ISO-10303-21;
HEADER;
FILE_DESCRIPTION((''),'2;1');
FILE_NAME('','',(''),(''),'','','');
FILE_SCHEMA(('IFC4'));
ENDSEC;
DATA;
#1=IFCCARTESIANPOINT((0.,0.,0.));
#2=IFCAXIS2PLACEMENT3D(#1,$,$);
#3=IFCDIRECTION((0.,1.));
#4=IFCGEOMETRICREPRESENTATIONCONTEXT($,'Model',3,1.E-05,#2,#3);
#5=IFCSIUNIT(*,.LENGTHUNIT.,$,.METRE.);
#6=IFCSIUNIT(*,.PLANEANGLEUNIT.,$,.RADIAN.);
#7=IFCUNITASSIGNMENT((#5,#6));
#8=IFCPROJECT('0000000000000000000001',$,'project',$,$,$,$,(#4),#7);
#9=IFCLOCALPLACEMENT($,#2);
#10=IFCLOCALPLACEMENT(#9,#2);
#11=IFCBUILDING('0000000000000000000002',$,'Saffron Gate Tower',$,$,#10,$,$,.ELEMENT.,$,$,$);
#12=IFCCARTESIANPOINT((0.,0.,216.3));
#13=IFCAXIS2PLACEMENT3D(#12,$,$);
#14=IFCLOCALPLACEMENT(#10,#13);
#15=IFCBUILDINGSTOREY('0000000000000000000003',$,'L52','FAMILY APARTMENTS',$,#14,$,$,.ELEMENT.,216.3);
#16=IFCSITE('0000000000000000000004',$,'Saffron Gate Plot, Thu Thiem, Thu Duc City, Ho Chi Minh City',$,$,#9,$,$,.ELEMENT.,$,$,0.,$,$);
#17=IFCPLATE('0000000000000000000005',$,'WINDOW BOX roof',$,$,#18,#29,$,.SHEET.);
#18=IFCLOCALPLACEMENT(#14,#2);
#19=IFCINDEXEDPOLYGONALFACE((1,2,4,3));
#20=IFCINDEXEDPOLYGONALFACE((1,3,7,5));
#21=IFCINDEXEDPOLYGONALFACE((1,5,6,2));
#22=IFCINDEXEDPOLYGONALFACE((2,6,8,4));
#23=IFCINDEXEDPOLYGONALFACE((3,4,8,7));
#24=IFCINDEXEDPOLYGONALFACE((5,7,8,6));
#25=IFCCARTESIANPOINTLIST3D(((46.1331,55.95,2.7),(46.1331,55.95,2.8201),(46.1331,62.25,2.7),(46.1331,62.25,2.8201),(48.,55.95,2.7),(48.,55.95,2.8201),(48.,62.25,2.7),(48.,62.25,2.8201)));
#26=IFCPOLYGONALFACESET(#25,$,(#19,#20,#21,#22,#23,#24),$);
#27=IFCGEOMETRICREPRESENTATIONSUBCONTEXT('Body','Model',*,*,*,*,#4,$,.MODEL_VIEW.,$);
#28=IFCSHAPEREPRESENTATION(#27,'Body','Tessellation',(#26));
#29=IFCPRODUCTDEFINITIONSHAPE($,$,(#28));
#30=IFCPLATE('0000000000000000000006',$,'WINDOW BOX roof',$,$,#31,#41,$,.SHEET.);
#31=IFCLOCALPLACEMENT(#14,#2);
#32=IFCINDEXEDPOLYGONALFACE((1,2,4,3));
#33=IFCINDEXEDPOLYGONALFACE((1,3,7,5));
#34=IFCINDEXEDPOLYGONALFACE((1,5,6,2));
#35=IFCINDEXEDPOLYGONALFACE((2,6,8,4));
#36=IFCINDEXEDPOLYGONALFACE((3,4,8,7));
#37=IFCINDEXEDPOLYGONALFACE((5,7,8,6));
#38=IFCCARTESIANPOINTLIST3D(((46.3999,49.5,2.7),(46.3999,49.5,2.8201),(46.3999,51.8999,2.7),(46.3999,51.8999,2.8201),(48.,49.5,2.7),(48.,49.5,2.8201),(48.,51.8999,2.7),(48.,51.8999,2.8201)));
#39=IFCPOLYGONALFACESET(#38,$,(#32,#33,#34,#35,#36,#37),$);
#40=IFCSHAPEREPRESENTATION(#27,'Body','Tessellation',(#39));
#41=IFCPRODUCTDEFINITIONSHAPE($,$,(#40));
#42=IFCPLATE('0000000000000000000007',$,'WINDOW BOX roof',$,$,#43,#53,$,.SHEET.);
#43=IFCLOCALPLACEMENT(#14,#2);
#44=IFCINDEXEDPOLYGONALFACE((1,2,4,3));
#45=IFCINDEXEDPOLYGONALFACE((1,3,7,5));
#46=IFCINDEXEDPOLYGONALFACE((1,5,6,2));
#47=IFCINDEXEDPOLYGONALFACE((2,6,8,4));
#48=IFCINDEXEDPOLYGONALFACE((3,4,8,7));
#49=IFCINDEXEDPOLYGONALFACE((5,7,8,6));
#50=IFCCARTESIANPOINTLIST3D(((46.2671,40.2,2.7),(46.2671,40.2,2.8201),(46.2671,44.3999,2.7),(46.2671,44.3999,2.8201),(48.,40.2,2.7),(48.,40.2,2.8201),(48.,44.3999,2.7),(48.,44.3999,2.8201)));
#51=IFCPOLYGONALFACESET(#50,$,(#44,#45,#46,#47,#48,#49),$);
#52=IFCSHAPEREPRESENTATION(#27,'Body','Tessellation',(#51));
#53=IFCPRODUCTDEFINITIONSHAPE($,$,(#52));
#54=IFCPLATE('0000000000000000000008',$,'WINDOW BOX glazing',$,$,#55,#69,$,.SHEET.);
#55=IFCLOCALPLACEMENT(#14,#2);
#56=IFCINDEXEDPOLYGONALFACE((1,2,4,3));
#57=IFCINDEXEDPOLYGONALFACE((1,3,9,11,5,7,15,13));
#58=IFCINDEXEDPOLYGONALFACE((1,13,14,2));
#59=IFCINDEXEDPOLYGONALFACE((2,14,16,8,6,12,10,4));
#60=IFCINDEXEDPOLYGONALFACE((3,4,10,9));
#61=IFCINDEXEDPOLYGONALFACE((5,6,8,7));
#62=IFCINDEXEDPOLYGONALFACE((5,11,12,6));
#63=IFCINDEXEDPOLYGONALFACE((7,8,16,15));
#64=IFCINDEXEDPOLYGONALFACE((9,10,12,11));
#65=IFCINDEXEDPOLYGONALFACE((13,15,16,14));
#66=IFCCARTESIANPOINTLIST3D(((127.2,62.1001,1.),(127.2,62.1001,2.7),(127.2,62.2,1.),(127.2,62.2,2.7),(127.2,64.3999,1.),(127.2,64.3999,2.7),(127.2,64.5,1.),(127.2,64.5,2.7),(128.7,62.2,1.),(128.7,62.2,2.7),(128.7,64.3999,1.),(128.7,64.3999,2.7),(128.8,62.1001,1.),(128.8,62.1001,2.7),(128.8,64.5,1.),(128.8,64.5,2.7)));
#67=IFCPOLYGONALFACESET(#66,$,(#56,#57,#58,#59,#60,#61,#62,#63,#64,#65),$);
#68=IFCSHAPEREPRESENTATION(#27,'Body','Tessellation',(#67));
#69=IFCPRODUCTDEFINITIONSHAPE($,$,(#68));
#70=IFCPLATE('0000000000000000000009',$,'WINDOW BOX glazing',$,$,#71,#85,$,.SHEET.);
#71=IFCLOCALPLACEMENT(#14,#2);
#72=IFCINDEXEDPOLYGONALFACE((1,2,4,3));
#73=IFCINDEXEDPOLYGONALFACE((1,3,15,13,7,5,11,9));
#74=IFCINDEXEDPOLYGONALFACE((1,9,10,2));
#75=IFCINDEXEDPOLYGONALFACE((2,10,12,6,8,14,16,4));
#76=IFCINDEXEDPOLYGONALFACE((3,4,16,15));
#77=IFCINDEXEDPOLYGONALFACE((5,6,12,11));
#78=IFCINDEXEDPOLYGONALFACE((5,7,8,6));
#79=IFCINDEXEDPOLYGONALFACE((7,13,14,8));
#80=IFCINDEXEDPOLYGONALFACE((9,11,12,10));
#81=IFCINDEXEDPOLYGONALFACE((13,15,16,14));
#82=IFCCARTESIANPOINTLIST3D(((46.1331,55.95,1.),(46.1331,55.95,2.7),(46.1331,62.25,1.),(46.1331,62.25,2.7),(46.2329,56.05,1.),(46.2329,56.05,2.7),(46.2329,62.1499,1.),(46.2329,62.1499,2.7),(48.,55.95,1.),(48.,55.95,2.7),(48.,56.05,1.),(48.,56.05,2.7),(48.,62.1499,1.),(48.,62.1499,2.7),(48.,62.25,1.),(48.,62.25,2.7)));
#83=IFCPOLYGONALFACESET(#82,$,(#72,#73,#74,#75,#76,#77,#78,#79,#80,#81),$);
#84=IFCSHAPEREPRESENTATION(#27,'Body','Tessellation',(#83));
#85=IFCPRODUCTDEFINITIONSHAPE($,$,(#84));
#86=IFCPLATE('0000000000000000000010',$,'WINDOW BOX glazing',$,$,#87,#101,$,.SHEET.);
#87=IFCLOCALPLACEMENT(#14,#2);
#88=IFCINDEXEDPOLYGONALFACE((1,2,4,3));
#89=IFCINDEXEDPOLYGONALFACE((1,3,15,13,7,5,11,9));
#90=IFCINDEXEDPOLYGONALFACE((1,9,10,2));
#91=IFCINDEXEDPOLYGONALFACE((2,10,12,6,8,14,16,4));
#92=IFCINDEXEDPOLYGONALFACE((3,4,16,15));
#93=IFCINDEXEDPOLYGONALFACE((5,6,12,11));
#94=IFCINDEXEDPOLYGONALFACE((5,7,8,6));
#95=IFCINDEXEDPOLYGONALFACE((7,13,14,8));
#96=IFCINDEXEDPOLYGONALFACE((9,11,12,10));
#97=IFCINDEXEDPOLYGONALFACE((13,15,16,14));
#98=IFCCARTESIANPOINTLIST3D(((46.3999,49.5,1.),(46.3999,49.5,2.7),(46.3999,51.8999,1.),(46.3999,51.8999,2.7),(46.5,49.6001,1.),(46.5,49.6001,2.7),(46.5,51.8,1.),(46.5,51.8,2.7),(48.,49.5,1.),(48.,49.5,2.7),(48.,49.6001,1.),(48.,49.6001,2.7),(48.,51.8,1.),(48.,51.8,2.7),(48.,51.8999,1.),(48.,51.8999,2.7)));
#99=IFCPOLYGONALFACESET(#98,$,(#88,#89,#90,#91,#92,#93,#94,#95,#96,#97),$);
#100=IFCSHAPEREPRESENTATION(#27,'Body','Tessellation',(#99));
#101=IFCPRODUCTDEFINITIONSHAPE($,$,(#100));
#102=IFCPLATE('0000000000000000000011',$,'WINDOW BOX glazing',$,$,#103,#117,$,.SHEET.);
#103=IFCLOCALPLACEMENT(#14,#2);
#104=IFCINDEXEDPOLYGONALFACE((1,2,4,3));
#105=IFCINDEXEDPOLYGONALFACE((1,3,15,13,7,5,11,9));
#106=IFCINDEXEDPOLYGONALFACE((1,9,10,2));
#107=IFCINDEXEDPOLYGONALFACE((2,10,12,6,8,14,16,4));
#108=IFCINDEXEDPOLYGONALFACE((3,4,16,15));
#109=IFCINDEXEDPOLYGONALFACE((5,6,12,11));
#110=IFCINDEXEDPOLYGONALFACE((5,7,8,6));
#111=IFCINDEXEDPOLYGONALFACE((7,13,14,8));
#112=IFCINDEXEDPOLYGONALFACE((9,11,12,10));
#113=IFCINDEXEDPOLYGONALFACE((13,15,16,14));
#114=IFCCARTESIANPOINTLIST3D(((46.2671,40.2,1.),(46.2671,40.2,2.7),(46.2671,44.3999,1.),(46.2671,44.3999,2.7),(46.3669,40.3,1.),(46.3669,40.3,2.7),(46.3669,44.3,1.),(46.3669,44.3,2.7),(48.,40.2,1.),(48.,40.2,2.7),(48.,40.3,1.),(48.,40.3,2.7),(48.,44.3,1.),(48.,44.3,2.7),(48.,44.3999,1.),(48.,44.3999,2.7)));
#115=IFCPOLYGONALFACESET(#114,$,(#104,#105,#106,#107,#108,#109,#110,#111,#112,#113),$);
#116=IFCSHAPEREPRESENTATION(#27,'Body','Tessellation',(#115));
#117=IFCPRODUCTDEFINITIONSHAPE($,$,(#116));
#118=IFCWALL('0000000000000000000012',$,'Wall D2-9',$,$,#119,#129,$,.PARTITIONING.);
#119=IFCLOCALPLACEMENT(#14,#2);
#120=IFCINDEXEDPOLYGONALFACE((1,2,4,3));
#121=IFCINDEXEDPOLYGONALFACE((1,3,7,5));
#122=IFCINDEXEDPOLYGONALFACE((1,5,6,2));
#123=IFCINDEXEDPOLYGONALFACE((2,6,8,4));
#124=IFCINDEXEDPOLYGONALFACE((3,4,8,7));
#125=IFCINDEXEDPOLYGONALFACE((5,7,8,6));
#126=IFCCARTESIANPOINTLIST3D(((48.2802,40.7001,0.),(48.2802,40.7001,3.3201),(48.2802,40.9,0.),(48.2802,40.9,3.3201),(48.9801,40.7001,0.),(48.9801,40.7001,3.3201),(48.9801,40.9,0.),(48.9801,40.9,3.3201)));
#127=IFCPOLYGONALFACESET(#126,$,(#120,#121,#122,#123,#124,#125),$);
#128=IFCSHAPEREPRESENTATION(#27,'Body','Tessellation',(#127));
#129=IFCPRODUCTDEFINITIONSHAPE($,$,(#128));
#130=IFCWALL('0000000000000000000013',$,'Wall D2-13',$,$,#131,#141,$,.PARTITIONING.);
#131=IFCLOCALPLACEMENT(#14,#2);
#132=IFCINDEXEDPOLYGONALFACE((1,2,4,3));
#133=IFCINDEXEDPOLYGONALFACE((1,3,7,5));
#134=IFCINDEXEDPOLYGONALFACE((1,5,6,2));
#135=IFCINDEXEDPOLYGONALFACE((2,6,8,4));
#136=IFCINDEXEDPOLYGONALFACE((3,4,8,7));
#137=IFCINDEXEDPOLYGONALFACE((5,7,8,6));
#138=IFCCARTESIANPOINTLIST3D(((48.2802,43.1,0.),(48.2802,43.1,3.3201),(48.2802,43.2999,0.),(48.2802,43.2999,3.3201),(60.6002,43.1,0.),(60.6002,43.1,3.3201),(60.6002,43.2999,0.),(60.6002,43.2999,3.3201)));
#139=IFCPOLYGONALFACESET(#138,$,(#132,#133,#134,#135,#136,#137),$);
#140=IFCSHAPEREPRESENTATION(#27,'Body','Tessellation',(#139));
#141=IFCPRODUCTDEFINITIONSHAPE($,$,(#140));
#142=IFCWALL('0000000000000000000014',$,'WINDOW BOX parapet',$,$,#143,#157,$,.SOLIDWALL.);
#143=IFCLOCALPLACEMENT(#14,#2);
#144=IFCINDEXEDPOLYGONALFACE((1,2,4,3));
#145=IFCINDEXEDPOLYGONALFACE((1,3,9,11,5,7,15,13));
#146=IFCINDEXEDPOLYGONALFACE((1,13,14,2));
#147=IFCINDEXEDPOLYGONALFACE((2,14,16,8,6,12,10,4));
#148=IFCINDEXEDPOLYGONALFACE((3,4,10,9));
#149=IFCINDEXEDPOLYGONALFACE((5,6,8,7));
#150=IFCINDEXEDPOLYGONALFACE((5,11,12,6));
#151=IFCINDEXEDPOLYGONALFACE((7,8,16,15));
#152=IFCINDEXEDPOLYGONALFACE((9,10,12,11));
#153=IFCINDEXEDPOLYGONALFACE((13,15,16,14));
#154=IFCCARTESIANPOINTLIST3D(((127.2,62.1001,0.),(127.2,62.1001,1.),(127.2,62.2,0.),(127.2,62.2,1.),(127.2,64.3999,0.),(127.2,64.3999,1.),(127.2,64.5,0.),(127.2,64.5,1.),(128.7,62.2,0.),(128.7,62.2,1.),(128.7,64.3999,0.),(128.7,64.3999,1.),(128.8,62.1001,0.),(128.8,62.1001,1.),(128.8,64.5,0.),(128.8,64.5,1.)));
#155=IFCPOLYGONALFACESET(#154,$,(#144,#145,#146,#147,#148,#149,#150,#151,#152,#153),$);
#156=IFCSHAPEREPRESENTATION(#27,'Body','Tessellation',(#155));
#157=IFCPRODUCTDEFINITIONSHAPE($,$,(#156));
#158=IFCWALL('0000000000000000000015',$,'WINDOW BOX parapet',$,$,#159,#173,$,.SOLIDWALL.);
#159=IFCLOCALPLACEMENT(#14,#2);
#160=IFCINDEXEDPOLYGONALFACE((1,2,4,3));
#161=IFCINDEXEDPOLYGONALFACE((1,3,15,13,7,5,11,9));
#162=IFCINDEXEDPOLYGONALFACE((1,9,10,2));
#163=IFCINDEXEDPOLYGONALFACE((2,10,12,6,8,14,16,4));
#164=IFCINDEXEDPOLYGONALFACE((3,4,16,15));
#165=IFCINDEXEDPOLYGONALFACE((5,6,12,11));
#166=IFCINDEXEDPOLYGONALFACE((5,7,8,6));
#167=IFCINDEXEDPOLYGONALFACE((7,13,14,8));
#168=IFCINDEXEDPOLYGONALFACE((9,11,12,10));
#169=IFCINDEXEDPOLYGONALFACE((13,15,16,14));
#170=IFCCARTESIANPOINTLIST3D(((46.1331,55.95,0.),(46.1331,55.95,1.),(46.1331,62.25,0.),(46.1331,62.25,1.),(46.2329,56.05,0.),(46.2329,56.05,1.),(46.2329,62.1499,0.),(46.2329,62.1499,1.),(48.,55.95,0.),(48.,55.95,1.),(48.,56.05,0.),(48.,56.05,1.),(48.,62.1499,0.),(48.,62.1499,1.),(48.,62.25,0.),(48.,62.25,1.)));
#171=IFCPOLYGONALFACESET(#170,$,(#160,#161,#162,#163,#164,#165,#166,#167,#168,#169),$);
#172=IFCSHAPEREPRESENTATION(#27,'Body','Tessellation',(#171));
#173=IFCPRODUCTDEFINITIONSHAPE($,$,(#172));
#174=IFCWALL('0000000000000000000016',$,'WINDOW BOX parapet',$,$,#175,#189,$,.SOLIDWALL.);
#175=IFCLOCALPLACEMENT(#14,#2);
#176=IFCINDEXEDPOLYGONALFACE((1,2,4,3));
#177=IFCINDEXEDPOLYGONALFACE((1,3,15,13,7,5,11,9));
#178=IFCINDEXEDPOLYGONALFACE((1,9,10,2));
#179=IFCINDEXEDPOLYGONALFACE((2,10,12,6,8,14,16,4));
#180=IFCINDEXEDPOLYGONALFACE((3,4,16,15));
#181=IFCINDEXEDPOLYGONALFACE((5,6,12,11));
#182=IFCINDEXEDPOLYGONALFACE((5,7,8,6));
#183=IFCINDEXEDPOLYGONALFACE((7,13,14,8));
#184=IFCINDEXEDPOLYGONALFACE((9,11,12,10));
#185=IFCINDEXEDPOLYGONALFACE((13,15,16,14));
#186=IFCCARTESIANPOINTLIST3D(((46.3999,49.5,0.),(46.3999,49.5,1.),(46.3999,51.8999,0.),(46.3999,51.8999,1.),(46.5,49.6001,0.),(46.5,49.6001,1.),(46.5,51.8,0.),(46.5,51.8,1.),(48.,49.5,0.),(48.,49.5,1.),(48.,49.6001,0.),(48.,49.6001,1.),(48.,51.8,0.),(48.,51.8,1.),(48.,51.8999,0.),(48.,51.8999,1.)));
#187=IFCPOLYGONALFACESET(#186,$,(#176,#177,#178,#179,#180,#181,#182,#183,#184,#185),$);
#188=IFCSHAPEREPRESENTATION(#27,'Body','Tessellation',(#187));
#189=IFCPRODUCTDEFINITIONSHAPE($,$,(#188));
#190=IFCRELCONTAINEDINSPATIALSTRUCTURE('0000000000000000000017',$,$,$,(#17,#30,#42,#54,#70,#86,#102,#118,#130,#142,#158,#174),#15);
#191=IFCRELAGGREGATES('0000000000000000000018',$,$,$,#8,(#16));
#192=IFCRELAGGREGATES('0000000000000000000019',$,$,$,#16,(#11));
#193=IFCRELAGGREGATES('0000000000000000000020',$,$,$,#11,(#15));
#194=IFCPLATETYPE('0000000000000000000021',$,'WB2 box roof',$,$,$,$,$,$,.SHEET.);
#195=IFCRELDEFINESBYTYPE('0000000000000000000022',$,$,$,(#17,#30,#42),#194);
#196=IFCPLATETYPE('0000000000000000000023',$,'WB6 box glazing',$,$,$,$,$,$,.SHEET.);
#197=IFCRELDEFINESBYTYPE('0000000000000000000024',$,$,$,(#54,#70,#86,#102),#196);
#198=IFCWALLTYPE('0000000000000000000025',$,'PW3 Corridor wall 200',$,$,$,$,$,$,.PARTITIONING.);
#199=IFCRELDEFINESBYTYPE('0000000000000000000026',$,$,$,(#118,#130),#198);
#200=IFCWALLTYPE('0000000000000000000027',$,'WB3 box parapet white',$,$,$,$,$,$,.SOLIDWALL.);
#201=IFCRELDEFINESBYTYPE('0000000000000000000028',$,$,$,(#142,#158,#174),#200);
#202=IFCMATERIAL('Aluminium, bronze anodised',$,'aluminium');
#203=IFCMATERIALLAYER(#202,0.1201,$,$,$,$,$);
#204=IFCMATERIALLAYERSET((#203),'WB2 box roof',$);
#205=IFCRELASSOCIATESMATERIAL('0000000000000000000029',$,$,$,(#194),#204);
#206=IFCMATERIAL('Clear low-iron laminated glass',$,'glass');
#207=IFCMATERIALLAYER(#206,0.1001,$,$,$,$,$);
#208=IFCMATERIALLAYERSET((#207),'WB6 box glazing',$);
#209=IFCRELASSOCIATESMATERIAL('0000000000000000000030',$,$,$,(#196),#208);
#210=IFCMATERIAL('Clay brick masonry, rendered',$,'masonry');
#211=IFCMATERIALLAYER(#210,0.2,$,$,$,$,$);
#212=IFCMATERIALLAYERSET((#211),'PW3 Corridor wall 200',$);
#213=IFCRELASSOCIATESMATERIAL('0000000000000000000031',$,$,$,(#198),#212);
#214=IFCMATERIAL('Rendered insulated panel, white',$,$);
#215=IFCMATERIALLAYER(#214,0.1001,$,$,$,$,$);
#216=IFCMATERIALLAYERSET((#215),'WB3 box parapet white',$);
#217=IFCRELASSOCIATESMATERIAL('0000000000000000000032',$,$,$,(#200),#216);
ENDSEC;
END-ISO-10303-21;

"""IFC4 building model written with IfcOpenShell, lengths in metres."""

from ifc_helpers import new_model, si_unit, direction, frame, frame_2d, origin, place, context, subcontext, project, spatial, polyline, rectangle, outline, extrude, material, layer, layer_set, type_object, element, save


model = new_model("IFC4")

# Units and contexts
model_context = context("Model", 3, precision=1e-05, world=origin(), true_north=direction((0.0, 1.0)))
body_context = subcontext(model_context, "Body", "Model", "MODEL_VIEW")
ifc_project = project(units=[si_unit("LENGTHUNIT", "METRE"), si_unit("PLANEANGLEUNIT", "RADIAN")], contexts=[model_context])

# Site, building, storey
site_placement = place(None, origin())
site = spatial("IfcSite", under=ifc_project, at=site_placement, Name="Saffron Gate Plot, Thu Thiem, Thu Duc City, Ho Chi Minh City", CompositionType="ELEMENT", RefElevation=0.0)
building_placement = place(site_placement, origin())
building = spatial("IfcBuilding", under=site, at=building_placement, Name="Saffron Gate Tower", CompositionType="ELEMENT")
storey_placement = place(building_placement, frame((0.0, 0.0, 216.3)))
storey = spatial("IfcBuildingStorey", under=building, at=storey_placement, Name="L52", Description="FAMILY APARTMENTS", CompositionType="ELEMENT", Elevation=216.3)

# Shared definitions
ifc_material_1 = material(Name="Aluminium, bronze anodised", Category="aluminium")

# Plates
ifc_layer_1 = layer(ifc_material_1, 0.1201)
ifc_layer_set_1 = layer_set([ifc_layer_1], Name="WB2 box roof")
plate_type_1 = type_object("IfcPlateType", Name="WB2 box roof", PredefinedType="SHEET", material=ifc_layer_set_1)
plate_1_placement = place(storey_placement, frame((0.0, 0.0, 2.7)))
element("IfcPlate", 1, at=plate_1_placement, inside=storey, type_object=plate_type_1, Name="WINDOW BOX roof", PredefinedType="SHEET", context=body_context, shape_type="SweptSolid", body=[
    extrude(outline(polyline([(48.0, 62.25), (48.0, 55.95), (46.1331, 55.95), (46.1331, 62.25), (48.0, 62.25)])), origin(), (0.0, 0.0, 1.0), 0.1201),
])
plate_2_placement = place(storey_placement, frame((0.0, 0.0, 2.7)))
element("IfcPlate", 2, at=plate_2_placement, inside=storey, type_object=plate_type_1, Name="WINDOW BOX roof", PredefinedType="SHEET", context=body_context, shape_type="SweptSolid", body=[
    extrude(outline(polyline([(48.0, 51.8999), (48.0, 49.5), (46.3999, 49.5), (46.3999, 51.8999), (48.0, 51.8999)])), origin(), (0.0, 0.0, 1.0), 0.1201),
])
plate_3_placement = place(storey_placement, frame((0.0, 0.0, 2.7)))
element("IfcPlate", 3, at=plate_3_placement, inside=storey, type_object=plate_type_1, Name="WINDOW BOX roof", PredefinedType="SHEET", context=body_context, shape_type="SweptSolid", body=[
    extrude(outline(polyline([(48.0, 44.3999), (48.0, 40.2), (46.2671, 40.2), (46.2671, 44.3999), (48.0, 44.3999)])), origin(), (0.0, 0.0, 1.0), 0.1201),
])
ifc_material_2 = material(Name="Clear low-iron laminated glass", Category="glass")
ifc_layer_2 = layer(ifc_material_2, 0.1001)
ifc_layer_set_2 = layer_set([ifc_layer_2], Name="WB6 box glazing")
plate_type_2 = type_object("IfcPlateType", Name="WB6 box glazing", PredefinedType="SHEET", material=ifc_layer_set_2)
plate_4_placement = place(storey_placement, frame((0.0, 0.0, 1.0)))
element("IfcPlate", 4, at=plate_4_placement, inside=storey, type_object=plate_type_2, Name="WINDOW BOX glazing", PredefinedType="SHEET", context=body_context, shape_type="SweptSolid", body=[
    extrude(outline(polyline([(127.2, 62.1001), (127.2, 62.2), (128.7, 62.2), (128.7, 64.3999), (127.2, 64.3999), (127.2, 64.5), (128.8, 64.5), (128.8, 62.1001), (127.2, 62.1001)])), origin(), (0.0, 0.0, 1.0), 1.7),
])
plate_5_placement = place(storey_placement, frame((0.0, 0.0, 1.0)))
element("IfcPlate", 5, at=plate_5_placement, inside=storey, type_object=plate_type_2, Name="WINDOW BOX glazing", PredefinedType="SHEET", context=body_context, shape_type="SweptSolid", body=[
    extrude(outline(polyline([(48.0, 62.25), (48.0, 62.1499), (46.2329, 62.1499), (46.2329, 56.05), (48.0, 56.05), (48.0, 55.95), (46.1331, 55.95), (46.1331, 62.25), (48.0, 62.25)])), origin(), (0.0, 0.0, 1.0), 1.7),
])
plate_6_placement = place(storey_placement, frame((0.0, 0.0, 1.0)))
element("IfcPlate", 6, at=plate_6_placement, inside=storey, type_object=plate_type_2, Name="WINDOW BOX glazing", PredefinedType="SHEET", context=body_context, shape_type="SweptSolid", body=[
    extrude(outline(polyline([(48.0, 51.8999), (48.0, 51.8), (46.5, 51.8), (46.5, 49.6001), (48.0, 49.6001), (48.0, 49.5), (46.3999, 49.5), (46.3999, 51.8999), (48.0, 51.8999)])), origin(), (0.0, 0.0, 1.0), 1.7),
])
plate_7_placement = place(storey_placement, frame((0.0, 0.0, 1.0)))
element("IfcPlate", 7, at=plate_7_placement, inside=storey, type_object=plate_type_2, Name="WINDOW BOX glazing", PredefinedType="SHEET", context=body_context, shape_type="SweptSolid", body=[
    extrude(outline(polyline([(48.0, 44.3999), (48.0, 44.3), (46.3669, 44.3), (46.3669, 40.3), (48.0, 40.3), (48.0, 40.2), (46.2671, 40.2), (46.2671, 44.3999), (48.0, 44.3999)])), origin(), (0.0, 0.0, 1.0), 1.7),
])

# Walls
ifc_material_3 = material(Name="Clay brick masonry, rendered", Category="masonry")
ifc_layer_3 = layer(ifc_material_3, 0.2)
ifc_layer_set_3 = layer_set([ifc_layer_3], Name="PW3 Corridor wall 200")
wall_type_1 = type_object("IfcWallType", Name="PW3 Corridor wall 200", PredefinedType="PARTITIONING", material=ifc_layer_set_3)
wall_1_placement = place(storey_placement, frame((48.28, 40.8, 0.0), z_axis=(0.0, 0.0, 1.0), x_axis=(1.0, 0.0, 0.0)))
element("IfcWall", 8, at=wall_1_placement, inside=storey, type_object=wall_type_1, Name="Wall D2-9", PredefinedType="PARTITIONING", context=body_context, shape_type="SweptSolid", body=[
    extrude(rectangle(XDim=0.7, YDim=0.2, at=frame_2d((0.3501, 0.0))), origin(), (0.0, 0.0, 1.0), 3.3201),
])
wall_2_placement = place(storey_placement, frame((48.28, 43.2, 0.0), z_axis=(0.0, 0.0, 1.0), x_axis=(1.0, 0.0, 0.0)))
element("IfcWall", 9, at=wall_2_placement, inside=storey, type_object=wall_type_1, Name="Wall D2-13", PredefinedType="PARTITIONING", context=body_context, shape_type="SweptSolid", body=[
    extrude(rectangle(XDim=12.3201, YDim=0.2, at=frame_2d((6.1602, 0.0))), origin(), (0.0, 0.0, 1.0), 3.3201),
])
ifc_material_4 = material(Name="Rendered insulated panel, white")
ifc_layer_4 = layer(ifc_material_4, 0.1001)
ifc_layer_set_4 = layer_set([ifc_layer_4], Name="WB3 box parapet white")
wall_type_2 = type_object("IfcWallType", Name="WB3 box parapet white", PredefinedType="SOLIDWALL", material=ifc_layer_set_4)
wall_3_placement = place(storey_placement, origin())
element("IfcWall", 10, at=wall_3_placement, inside=storey, type_object=wall_type_2, Name="WINDOW BOX parapet", PredefinedType="SOLIDWALL", context=body_context, shape_type="SweptSolid", body=[
    extrude(outline(polyline([(127.2, 62.1001), (127.2, 62.2), (128.7, 62.2), (128.7, 64.3999), (127.2, 64.3999), (127.2, 64.5), (128.8, 64.5), (128.8, 62.1001), (127.2, 62.1001)])), origin(), (0.0, 0.0, 1.0), 1.0),
])
wall_4_placement = place(storey_placement, origin())
element("IfcWall", 11, at=wall_4_placement, inside=storey, type_object=wall_type_2, Name="WINDOW BOX parapet", PredefinedType="SOLIDWALL", context=body_context, shape_type="SweptSolid", body=[
    extrude(outline(polyline([(48.0, 62.25), (48.0, 62.1499), (46.2329, 62.1499), (46.2329, 56.05), (48.0, 56.05), (48.0, 55.95), (46.1331, 55.95), (46.1331, 62.25), (48.0, 62.25)])), origin(), (0.0, 0.0, 1.0), 1.0),
])
wall_5_placement = place(storey_placement, origin())
element("IfcWall", 12, at=wall_5_placement, inside=storey, type_object=wall_type_2, Name="WINDOW BOX parapet", PredefinedType="SOLIDWALL", context=body_context, shape_type="SweptSolid", body=[
    extrude(outline(polyline([(48.0, 51.8999), (48.0, 51.8), (46.5, 51.8), (46.5, 49.6001), (48.0, 49.6001), (48.0, 49.5), (46.3999, 49.5), (46.3999, 51.8999), (48.0, 51.8999)])), origin(), (0.0, 0.0, 1.0), 1.0),
])

save(model, "model.ifc")
